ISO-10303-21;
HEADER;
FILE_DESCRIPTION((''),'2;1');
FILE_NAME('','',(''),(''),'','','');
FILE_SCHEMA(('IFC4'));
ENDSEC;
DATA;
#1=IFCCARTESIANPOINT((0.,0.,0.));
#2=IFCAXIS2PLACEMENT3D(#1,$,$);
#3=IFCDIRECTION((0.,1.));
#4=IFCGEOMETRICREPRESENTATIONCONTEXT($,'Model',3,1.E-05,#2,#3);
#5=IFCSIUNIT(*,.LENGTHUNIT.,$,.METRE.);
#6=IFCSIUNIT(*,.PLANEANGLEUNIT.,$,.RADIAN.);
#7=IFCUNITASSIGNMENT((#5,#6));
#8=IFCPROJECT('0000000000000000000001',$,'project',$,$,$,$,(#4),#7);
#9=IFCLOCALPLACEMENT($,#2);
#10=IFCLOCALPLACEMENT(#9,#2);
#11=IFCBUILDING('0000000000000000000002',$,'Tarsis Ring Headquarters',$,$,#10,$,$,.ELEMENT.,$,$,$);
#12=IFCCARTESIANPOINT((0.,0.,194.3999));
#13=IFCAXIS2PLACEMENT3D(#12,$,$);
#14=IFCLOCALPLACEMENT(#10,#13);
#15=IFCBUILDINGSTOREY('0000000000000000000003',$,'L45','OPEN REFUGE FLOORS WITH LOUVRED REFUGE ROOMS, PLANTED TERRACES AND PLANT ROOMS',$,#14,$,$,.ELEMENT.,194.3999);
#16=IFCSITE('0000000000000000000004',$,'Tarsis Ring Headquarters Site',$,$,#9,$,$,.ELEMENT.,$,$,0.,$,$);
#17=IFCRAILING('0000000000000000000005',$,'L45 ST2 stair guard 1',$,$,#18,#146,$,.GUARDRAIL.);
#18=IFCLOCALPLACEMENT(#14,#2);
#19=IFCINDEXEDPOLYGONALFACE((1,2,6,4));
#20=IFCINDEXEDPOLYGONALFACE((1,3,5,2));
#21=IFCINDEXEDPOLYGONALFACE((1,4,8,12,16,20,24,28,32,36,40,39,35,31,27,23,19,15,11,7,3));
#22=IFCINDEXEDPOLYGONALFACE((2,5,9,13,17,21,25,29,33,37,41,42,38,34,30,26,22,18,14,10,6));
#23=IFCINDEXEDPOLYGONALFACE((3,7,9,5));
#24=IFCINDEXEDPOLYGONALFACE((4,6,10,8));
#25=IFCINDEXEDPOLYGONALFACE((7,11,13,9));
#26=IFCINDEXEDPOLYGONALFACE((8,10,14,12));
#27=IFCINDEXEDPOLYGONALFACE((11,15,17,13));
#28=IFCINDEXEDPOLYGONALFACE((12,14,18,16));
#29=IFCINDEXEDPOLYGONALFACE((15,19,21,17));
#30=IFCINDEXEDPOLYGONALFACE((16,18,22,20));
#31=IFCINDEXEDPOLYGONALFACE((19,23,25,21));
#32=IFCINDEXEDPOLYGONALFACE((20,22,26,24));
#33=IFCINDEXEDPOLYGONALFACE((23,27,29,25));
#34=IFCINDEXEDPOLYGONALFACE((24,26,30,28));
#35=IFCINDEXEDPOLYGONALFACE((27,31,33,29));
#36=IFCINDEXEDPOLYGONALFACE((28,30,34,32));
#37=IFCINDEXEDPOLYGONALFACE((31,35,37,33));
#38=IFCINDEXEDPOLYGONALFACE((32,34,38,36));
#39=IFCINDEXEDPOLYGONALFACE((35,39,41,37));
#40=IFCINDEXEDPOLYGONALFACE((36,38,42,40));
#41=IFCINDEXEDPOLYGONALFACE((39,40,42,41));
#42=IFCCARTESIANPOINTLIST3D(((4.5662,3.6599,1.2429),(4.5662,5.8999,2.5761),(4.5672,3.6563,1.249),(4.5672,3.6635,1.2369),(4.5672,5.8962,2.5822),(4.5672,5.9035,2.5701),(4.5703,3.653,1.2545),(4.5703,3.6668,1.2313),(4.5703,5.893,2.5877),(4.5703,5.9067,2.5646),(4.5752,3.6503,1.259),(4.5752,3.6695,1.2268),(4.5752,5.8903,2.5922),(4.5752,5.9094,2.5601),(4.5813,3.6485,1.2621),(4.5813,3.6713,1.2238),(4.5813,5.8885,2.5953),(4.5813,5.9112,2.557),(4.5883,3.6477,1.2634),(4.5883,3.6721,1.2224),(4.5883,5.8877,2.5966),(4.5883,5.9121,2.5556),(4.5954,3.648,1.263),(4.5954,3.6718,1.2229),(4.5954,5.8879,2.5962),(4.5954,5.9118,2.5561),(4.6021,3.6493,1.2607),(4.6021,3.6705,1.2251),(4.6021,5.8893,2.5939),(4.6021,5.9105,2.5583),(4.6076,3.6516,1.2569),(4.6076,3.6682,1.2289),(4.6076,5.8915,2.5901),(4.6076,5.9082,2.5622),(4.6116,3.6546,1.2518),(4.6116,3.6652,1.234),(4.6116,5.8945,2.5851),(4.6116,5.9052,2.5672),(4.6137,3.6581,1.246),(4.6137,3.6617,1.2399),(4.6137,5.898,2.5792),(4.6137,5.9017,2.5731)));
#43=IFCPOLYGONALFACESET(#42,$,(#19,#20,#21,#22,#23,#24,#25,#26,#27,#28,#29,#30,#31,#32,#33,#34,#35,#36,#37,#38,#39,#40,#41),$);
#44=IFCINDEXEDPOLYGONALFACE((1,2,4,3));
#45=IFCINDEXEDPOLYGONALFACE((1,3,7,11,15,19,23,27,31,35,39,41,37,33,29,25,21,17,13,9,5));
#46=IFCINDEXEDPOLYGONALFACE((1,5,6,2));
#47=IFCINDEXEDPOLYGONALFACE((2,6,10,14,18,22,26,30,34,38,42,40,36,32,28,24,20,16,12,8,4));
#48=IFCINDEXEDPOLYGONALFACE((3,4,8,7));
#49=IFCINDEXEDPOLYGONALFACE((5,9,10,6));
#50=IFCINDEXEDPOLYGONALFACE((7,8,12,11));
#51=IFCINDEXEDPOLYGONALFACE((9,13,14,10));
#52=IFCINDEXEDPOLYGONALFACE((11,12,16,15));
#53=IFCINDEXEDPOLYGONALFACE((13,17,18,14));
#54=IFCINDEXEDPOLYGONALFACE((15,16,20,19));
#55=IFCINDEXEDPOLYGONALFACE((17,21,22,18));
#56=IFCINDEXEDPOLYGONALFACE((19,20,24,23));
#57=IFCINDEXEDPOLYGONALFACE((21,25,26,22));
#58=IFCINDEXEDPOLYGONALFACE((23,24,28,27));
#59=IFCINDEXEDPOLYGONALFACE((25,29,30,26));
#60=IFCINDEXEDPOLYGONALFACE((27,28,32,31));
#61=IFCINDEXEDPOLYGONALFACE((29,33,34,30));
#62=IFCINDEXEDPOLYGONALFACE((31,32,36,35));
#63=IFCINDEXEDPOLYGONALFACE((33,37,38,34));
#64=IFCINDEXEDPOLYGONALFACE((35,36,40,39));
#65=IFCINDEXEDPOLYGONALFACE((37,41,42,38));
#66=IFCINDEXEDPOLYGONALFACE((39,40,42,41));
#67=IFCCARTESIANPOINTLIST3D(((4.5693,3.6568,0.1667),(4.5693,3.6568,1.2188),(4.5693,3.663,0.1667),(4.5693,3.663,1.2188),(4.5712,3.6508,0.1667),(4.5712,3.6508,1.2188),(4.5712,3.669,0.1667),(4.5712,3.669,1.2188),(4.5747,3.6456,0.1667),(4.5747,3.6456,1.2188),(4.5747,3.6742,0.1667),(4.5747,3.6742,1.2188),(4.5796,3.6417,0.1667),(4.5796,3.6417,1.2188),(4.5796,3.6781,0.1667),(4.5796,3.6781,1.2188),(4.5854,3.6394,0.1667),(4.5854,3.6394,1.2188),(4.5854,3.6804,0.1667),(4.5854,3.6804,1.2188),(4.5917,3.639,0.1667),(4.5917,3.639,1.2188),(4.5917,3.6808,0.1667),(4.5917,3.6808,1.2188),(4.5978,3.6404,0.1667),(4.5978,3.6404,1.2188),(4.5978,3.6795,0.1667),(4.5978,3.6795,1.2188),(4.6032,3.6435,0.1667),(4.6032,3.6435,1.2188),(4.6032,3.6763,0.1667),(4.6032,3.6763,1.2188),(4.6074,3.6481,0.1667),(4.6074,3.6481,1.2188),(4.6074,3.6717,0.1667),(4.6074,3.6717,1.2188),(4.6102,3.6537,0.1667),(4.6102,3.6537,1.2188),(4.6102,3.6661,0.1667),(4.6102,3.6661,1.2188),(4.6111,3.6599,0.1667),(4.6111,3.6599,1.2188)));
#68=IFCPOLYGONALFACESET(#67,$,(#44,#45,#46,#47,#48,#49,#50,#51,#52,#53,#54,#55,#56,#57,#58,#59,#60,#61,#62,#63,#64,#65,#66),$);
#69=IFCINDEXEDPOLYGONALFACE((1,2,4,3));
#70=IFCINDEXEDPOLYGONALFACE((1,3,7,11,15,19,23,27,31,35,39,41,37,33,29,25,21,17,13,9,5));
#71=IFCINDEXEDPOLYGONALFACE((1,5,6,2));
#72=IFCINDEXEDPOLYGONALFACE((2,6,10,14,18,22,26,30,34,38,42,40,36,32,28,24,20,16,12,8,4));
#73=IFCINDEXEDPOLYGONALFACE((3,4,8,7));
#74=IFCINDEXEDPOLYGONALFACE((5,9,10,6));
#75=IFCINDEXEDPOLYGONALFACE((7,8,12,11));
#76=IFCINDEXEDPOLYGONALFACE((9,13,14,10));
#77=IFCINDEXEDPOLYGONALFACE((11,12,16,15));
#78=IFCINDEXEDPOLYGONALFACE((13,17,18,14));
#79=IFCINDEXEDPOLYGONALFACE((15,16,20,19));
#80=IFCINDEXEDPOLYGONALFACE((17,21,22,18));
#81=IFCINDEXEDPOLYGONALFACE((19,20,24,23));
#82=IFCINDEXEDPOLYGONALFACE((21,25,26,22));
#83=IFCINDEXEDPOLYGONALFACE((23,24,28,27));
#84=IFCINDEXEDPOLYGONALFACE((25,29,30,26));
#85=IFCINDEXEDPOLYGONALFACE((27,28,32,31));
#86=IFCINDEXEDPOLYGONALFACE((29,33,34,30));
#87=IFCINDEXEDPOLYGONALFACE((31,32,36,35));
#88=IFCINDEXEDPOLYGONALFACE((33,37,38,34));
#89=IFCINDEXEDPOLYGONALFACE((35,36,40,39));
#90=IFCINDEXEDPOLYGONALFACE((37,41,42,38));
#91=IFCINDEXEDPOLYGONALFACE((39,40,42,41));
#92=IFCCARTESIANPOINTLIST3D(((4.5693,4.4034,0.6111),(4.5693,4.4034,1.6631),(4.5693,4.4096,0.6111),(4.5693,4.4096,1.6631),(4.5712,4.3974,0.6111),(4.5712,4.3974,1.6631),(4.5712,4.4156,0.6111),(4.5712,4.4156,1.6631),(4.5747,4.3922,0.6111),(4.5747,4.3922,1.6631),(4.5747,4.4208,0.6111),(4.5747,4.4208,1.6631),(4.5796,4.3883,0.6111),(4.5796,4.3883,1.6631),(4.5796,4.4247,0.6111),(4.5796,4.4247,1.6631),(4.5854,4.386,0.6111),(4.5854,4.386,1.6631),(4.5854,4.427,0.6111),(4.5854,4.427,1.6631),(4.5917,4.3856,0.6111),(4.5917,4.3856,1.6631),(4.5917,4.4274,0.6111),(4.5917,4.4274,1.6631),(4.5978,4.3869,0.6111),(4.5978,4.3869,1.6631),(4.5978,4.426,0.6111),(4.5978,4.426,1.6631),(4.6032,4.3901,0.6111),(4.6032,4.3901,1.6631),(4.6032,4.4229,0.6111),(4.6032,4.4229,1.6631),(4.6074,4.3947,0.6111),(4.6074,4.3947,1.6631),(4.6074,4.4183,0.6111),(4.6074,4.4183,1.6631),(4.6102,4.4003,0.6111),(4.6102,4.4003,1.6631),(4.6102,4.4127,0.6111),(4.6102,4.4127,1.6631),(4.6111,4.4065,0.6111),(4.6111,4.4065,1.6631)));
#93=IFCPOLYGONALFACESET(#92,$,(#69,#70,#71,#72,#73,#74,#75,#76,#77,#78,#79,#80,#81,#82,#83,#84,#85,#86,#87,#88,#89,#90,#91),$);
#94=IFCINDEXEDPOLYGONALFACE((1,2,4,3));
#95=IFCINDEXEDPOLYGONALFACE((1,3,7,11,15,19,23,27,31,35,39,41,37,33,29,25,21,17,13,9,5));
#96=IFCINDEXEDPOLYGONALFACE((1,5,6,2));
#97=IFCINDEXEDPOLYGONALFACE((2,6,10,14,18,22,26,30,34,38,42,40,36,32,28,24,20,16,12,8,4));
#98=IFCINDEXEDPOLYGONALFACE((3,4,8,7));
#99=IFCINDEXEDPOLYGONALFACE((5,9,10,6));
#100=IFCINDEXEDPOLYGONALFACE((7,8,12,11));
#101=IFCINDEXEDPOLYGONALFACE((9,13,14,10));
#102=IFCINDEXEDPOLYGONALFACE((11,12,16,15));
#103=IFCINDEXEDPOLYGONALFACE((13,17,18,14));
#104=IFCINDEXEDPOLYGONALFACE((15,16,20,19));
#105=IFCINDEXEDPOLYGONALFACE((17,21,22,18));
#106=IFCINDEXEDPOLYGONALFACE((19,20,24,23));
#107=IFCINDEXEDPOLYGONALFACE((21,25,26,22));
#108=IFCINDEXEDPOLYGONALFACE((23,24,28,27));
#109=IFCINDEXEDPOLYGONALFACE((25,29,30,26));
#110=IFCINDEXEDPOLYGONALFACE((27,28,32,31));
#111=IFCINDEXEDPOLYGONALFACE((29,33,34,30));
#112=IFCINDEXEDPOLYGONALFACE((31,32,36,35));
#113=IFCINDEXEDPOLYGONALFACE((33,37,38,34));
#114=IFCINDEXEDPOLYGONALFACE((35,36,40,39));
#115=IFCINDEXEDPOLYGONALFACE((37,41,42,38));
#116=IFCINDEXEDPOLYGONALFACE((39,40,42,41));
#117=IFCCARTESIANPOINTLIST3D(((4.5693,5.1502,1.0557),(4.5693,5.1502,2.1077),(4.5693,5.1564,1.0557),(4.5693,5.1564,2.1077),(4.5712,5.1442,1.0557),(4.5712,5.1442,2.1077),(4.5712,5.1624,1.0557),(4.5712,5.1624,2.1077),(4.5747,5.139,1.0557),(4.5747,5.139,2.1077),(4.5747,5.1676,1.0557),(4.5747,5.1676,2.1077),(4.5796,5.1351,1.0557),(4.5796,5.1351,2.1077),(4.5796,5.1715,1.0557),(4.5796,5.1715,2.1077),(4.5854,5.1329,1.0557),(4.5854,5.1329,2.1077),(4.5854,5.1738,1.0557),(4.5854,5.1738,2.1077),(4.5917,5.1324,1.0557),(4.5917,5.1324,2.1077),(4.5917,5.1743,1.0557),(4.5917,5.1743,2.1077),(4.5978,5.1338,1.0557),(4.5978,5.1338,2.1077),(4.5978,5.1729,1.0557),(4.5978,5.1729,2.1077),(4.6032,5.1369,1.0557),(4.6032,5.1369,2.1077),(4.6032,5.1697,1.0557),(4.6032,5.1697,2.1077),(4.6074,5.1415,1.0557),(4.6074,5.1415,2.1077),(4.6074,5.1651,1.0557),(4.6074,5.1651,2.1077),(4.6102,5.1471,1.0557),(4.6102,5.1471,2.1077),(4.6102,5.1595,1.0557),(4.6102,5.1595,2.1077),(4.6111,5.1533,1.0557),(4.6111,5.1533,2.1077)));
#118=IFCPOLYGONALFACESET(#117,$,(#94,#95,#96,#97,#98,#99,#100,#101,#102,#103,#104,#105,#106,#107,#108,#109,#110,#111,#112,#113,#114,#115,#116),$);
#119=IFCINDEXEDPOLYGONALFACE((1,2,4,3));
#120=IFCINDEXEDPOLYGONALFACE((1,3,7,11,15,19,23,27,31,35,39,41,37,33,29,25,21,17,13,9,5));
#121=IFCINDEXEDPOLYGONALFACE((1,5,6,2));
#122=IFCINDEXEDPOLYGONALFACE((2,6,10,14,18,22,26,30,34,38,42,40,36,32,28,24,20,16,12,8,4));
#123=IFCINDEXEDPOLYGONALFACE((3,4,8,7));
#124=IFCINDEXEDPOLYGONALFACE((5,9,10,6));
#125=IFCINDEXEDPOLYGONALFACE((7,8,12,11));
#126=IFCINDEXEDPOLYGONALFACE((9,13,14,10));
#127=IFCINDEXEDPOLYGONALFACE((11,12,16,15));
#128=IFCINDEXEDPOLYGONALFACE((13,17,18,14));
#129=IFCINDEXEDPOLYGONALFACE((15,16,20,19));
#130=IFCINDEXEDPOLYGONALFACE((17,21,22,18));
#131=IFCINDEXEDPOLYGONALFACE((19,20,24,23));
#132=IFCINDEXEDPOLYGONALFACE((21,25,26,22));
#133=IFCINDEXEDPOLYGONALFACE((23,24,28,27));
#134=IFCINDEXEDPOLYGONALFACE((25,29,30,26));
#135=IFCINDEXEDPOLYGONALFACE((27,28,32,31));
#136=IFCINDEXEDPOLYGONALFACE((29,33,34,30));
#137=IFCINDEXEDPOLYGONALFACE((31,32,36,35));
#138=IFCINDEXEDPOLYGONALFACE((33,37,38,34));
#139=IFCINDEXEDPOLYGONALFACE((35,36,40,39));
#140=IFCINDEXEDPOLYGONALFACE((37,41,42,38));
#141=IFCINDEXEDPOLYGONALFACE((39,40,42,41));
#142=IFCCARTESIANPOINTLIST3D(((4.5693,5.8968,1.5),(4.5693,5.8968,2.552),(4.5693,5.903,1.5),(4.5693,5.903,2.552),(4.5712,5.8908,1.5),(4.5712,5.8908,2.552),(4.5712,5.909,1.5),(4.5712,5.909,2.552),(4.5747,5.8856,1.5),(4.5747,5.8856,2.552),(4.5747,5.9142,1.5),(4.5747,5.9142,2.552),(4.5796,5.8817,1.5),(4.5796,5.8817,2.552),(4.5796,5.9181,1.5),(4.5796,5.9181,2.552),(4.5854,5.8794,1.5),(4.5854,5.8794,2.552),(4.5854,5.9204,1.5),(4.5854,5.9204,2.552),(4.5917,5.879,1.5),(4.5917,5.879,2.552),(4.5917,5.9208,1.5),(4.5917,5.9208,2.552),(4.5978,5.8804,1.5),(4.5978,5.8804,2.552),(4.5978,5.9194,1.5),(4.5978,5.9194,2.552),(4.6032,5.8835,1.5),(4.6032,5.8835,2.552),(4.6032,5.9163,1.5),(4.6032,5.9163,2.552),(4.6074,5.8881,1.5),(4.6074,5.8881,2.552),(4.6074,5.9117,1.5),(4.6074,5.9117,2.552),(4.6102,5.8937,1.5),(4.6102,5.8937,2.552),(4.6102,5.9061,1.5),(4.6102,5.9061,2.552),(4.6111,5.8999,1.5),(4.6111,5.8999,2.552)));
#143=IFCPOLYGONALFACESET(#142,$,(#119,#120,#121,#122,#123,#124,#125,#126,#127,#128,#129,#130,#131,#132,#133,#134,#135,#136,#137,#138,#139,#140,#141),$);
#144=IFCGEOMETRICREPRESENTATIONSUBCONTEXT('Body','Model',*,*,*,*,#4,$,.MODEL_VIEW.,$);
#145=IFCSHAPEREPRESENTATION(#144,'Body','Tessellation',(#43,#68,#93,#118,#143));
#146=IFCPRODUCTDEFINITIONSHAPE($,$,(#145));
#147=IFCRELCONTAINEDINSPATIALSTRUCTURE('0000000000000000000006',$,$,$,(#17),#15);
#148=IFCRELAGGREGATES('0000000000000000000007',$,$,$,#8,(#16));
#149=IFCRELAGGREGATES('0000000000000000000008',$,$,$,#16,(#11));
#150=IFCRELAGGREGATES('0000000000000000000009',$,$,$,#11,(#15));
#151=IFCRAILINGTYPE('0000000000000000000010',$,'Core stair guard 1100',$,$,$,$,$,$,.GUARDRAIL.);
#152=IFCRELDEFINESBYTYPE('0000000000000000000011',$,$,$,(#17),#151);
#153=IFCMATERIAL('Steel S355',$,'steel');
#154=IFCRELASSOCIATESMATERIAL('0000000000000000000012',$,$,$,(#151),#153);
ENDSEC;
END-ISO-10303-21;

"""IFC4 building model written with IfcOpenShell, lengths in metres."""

from ifc_helpers import new_model, si_unit, direction, frame, origin, origin_2d, place, context, subcontext, project, spatial, circle, extrude, material, type_object, element, save


model = new_model("IFC4")

# Units and contexts
model_context = context("Model", 3, precision=1e-05, world=origin(), true_north=direction((0.0, 1.0)))
body_context = subcontext(model_context, "Body", "Model", "MODEL_VIEW")
ifc_project = project(units=[si_unit("LENGTHUNIT", "METRE"), si_unit("PLANEANGLEUNIT", "RADIAN")], contexts=[model_context])

# Site, building, storey
site_placement = place(None, origin())
site = spatial("IfcSite", under=ifc_project, at=site_placement, Name="Tarsis Ring Headquarters Site", CompositionType="ELEMENT", RefElevation=0.0)
building_placement = place(site_placement, origin())
building = spatial("IfcBuilding", under=site, at=building_placement, Name="Tarsis Ring Headquarters", CompositionType="ELEMENT")
storey_placement = place(building_placement, frame((0.0, 0.0, 194.3999)))
storey = spatial("IfcBuildingStorey", under=building, at=storey_placement, Name="L45", Description="OPEN REFUGE FLOORS WITH LOUVRED REFUGE ROOMS, PLANTED TERRACES AND PLANT ROOMS", CompositionType="ELEMENT", Elevation=194.3999)

# Shared definitions
ifc_material_1 = material(Name="Steel S355", Category="steel")

# Railing
railing_type_1 = type_object("IfcRailingType", Name="Core stair guard 1100", PredefinedType="GUARDRAIL", material=ifc_material_1)
railing_1_placement = place(storey_placement, frame((4.5901, 3.6599, 0.1667)))
element("IfcRailing", 1, at=railing_1_placement, inside=storey, type_object=railing_type_1, Name="L45 ST2 stair guard 1", PredefinedType="GUARDRAIL", context=body_context, shape_type="SweptSolid", body=[
    extrude(circle(Radius=0.0239, at=origin_2d()), frame((0.0, 0.0, 1.0762), z_axis=(0.0, 0.859306, 0.511462), x_axis=(-1.0, 0.0, 0.0)), (0.0, 0.0, 1.0), 2.6067),
    extrude(circle(Radius=0.021, at=origin_2d()), origin(), (0.0, 0.0, 1.0), 1.052),
    extrude(circle(Radius=0.021, at=origin_2d()), frame((0.0, 0.7466, 0.4443)), (0.0, 0.0, 1.0), 1.052),
    extrude(circle(Radius=0.021, at=origin_2d()), frame((0.0, 1.4934, 0.8889)), (0.0, 0.0, 1.0), 1.052),
    extrude(circle(Radius=0.021, at=origin_2d()), frame((0.0, 2.24, 1.3333)), (0.0, 0.0, 1.0), 1.052),
])

save(model, "model.ifc")
